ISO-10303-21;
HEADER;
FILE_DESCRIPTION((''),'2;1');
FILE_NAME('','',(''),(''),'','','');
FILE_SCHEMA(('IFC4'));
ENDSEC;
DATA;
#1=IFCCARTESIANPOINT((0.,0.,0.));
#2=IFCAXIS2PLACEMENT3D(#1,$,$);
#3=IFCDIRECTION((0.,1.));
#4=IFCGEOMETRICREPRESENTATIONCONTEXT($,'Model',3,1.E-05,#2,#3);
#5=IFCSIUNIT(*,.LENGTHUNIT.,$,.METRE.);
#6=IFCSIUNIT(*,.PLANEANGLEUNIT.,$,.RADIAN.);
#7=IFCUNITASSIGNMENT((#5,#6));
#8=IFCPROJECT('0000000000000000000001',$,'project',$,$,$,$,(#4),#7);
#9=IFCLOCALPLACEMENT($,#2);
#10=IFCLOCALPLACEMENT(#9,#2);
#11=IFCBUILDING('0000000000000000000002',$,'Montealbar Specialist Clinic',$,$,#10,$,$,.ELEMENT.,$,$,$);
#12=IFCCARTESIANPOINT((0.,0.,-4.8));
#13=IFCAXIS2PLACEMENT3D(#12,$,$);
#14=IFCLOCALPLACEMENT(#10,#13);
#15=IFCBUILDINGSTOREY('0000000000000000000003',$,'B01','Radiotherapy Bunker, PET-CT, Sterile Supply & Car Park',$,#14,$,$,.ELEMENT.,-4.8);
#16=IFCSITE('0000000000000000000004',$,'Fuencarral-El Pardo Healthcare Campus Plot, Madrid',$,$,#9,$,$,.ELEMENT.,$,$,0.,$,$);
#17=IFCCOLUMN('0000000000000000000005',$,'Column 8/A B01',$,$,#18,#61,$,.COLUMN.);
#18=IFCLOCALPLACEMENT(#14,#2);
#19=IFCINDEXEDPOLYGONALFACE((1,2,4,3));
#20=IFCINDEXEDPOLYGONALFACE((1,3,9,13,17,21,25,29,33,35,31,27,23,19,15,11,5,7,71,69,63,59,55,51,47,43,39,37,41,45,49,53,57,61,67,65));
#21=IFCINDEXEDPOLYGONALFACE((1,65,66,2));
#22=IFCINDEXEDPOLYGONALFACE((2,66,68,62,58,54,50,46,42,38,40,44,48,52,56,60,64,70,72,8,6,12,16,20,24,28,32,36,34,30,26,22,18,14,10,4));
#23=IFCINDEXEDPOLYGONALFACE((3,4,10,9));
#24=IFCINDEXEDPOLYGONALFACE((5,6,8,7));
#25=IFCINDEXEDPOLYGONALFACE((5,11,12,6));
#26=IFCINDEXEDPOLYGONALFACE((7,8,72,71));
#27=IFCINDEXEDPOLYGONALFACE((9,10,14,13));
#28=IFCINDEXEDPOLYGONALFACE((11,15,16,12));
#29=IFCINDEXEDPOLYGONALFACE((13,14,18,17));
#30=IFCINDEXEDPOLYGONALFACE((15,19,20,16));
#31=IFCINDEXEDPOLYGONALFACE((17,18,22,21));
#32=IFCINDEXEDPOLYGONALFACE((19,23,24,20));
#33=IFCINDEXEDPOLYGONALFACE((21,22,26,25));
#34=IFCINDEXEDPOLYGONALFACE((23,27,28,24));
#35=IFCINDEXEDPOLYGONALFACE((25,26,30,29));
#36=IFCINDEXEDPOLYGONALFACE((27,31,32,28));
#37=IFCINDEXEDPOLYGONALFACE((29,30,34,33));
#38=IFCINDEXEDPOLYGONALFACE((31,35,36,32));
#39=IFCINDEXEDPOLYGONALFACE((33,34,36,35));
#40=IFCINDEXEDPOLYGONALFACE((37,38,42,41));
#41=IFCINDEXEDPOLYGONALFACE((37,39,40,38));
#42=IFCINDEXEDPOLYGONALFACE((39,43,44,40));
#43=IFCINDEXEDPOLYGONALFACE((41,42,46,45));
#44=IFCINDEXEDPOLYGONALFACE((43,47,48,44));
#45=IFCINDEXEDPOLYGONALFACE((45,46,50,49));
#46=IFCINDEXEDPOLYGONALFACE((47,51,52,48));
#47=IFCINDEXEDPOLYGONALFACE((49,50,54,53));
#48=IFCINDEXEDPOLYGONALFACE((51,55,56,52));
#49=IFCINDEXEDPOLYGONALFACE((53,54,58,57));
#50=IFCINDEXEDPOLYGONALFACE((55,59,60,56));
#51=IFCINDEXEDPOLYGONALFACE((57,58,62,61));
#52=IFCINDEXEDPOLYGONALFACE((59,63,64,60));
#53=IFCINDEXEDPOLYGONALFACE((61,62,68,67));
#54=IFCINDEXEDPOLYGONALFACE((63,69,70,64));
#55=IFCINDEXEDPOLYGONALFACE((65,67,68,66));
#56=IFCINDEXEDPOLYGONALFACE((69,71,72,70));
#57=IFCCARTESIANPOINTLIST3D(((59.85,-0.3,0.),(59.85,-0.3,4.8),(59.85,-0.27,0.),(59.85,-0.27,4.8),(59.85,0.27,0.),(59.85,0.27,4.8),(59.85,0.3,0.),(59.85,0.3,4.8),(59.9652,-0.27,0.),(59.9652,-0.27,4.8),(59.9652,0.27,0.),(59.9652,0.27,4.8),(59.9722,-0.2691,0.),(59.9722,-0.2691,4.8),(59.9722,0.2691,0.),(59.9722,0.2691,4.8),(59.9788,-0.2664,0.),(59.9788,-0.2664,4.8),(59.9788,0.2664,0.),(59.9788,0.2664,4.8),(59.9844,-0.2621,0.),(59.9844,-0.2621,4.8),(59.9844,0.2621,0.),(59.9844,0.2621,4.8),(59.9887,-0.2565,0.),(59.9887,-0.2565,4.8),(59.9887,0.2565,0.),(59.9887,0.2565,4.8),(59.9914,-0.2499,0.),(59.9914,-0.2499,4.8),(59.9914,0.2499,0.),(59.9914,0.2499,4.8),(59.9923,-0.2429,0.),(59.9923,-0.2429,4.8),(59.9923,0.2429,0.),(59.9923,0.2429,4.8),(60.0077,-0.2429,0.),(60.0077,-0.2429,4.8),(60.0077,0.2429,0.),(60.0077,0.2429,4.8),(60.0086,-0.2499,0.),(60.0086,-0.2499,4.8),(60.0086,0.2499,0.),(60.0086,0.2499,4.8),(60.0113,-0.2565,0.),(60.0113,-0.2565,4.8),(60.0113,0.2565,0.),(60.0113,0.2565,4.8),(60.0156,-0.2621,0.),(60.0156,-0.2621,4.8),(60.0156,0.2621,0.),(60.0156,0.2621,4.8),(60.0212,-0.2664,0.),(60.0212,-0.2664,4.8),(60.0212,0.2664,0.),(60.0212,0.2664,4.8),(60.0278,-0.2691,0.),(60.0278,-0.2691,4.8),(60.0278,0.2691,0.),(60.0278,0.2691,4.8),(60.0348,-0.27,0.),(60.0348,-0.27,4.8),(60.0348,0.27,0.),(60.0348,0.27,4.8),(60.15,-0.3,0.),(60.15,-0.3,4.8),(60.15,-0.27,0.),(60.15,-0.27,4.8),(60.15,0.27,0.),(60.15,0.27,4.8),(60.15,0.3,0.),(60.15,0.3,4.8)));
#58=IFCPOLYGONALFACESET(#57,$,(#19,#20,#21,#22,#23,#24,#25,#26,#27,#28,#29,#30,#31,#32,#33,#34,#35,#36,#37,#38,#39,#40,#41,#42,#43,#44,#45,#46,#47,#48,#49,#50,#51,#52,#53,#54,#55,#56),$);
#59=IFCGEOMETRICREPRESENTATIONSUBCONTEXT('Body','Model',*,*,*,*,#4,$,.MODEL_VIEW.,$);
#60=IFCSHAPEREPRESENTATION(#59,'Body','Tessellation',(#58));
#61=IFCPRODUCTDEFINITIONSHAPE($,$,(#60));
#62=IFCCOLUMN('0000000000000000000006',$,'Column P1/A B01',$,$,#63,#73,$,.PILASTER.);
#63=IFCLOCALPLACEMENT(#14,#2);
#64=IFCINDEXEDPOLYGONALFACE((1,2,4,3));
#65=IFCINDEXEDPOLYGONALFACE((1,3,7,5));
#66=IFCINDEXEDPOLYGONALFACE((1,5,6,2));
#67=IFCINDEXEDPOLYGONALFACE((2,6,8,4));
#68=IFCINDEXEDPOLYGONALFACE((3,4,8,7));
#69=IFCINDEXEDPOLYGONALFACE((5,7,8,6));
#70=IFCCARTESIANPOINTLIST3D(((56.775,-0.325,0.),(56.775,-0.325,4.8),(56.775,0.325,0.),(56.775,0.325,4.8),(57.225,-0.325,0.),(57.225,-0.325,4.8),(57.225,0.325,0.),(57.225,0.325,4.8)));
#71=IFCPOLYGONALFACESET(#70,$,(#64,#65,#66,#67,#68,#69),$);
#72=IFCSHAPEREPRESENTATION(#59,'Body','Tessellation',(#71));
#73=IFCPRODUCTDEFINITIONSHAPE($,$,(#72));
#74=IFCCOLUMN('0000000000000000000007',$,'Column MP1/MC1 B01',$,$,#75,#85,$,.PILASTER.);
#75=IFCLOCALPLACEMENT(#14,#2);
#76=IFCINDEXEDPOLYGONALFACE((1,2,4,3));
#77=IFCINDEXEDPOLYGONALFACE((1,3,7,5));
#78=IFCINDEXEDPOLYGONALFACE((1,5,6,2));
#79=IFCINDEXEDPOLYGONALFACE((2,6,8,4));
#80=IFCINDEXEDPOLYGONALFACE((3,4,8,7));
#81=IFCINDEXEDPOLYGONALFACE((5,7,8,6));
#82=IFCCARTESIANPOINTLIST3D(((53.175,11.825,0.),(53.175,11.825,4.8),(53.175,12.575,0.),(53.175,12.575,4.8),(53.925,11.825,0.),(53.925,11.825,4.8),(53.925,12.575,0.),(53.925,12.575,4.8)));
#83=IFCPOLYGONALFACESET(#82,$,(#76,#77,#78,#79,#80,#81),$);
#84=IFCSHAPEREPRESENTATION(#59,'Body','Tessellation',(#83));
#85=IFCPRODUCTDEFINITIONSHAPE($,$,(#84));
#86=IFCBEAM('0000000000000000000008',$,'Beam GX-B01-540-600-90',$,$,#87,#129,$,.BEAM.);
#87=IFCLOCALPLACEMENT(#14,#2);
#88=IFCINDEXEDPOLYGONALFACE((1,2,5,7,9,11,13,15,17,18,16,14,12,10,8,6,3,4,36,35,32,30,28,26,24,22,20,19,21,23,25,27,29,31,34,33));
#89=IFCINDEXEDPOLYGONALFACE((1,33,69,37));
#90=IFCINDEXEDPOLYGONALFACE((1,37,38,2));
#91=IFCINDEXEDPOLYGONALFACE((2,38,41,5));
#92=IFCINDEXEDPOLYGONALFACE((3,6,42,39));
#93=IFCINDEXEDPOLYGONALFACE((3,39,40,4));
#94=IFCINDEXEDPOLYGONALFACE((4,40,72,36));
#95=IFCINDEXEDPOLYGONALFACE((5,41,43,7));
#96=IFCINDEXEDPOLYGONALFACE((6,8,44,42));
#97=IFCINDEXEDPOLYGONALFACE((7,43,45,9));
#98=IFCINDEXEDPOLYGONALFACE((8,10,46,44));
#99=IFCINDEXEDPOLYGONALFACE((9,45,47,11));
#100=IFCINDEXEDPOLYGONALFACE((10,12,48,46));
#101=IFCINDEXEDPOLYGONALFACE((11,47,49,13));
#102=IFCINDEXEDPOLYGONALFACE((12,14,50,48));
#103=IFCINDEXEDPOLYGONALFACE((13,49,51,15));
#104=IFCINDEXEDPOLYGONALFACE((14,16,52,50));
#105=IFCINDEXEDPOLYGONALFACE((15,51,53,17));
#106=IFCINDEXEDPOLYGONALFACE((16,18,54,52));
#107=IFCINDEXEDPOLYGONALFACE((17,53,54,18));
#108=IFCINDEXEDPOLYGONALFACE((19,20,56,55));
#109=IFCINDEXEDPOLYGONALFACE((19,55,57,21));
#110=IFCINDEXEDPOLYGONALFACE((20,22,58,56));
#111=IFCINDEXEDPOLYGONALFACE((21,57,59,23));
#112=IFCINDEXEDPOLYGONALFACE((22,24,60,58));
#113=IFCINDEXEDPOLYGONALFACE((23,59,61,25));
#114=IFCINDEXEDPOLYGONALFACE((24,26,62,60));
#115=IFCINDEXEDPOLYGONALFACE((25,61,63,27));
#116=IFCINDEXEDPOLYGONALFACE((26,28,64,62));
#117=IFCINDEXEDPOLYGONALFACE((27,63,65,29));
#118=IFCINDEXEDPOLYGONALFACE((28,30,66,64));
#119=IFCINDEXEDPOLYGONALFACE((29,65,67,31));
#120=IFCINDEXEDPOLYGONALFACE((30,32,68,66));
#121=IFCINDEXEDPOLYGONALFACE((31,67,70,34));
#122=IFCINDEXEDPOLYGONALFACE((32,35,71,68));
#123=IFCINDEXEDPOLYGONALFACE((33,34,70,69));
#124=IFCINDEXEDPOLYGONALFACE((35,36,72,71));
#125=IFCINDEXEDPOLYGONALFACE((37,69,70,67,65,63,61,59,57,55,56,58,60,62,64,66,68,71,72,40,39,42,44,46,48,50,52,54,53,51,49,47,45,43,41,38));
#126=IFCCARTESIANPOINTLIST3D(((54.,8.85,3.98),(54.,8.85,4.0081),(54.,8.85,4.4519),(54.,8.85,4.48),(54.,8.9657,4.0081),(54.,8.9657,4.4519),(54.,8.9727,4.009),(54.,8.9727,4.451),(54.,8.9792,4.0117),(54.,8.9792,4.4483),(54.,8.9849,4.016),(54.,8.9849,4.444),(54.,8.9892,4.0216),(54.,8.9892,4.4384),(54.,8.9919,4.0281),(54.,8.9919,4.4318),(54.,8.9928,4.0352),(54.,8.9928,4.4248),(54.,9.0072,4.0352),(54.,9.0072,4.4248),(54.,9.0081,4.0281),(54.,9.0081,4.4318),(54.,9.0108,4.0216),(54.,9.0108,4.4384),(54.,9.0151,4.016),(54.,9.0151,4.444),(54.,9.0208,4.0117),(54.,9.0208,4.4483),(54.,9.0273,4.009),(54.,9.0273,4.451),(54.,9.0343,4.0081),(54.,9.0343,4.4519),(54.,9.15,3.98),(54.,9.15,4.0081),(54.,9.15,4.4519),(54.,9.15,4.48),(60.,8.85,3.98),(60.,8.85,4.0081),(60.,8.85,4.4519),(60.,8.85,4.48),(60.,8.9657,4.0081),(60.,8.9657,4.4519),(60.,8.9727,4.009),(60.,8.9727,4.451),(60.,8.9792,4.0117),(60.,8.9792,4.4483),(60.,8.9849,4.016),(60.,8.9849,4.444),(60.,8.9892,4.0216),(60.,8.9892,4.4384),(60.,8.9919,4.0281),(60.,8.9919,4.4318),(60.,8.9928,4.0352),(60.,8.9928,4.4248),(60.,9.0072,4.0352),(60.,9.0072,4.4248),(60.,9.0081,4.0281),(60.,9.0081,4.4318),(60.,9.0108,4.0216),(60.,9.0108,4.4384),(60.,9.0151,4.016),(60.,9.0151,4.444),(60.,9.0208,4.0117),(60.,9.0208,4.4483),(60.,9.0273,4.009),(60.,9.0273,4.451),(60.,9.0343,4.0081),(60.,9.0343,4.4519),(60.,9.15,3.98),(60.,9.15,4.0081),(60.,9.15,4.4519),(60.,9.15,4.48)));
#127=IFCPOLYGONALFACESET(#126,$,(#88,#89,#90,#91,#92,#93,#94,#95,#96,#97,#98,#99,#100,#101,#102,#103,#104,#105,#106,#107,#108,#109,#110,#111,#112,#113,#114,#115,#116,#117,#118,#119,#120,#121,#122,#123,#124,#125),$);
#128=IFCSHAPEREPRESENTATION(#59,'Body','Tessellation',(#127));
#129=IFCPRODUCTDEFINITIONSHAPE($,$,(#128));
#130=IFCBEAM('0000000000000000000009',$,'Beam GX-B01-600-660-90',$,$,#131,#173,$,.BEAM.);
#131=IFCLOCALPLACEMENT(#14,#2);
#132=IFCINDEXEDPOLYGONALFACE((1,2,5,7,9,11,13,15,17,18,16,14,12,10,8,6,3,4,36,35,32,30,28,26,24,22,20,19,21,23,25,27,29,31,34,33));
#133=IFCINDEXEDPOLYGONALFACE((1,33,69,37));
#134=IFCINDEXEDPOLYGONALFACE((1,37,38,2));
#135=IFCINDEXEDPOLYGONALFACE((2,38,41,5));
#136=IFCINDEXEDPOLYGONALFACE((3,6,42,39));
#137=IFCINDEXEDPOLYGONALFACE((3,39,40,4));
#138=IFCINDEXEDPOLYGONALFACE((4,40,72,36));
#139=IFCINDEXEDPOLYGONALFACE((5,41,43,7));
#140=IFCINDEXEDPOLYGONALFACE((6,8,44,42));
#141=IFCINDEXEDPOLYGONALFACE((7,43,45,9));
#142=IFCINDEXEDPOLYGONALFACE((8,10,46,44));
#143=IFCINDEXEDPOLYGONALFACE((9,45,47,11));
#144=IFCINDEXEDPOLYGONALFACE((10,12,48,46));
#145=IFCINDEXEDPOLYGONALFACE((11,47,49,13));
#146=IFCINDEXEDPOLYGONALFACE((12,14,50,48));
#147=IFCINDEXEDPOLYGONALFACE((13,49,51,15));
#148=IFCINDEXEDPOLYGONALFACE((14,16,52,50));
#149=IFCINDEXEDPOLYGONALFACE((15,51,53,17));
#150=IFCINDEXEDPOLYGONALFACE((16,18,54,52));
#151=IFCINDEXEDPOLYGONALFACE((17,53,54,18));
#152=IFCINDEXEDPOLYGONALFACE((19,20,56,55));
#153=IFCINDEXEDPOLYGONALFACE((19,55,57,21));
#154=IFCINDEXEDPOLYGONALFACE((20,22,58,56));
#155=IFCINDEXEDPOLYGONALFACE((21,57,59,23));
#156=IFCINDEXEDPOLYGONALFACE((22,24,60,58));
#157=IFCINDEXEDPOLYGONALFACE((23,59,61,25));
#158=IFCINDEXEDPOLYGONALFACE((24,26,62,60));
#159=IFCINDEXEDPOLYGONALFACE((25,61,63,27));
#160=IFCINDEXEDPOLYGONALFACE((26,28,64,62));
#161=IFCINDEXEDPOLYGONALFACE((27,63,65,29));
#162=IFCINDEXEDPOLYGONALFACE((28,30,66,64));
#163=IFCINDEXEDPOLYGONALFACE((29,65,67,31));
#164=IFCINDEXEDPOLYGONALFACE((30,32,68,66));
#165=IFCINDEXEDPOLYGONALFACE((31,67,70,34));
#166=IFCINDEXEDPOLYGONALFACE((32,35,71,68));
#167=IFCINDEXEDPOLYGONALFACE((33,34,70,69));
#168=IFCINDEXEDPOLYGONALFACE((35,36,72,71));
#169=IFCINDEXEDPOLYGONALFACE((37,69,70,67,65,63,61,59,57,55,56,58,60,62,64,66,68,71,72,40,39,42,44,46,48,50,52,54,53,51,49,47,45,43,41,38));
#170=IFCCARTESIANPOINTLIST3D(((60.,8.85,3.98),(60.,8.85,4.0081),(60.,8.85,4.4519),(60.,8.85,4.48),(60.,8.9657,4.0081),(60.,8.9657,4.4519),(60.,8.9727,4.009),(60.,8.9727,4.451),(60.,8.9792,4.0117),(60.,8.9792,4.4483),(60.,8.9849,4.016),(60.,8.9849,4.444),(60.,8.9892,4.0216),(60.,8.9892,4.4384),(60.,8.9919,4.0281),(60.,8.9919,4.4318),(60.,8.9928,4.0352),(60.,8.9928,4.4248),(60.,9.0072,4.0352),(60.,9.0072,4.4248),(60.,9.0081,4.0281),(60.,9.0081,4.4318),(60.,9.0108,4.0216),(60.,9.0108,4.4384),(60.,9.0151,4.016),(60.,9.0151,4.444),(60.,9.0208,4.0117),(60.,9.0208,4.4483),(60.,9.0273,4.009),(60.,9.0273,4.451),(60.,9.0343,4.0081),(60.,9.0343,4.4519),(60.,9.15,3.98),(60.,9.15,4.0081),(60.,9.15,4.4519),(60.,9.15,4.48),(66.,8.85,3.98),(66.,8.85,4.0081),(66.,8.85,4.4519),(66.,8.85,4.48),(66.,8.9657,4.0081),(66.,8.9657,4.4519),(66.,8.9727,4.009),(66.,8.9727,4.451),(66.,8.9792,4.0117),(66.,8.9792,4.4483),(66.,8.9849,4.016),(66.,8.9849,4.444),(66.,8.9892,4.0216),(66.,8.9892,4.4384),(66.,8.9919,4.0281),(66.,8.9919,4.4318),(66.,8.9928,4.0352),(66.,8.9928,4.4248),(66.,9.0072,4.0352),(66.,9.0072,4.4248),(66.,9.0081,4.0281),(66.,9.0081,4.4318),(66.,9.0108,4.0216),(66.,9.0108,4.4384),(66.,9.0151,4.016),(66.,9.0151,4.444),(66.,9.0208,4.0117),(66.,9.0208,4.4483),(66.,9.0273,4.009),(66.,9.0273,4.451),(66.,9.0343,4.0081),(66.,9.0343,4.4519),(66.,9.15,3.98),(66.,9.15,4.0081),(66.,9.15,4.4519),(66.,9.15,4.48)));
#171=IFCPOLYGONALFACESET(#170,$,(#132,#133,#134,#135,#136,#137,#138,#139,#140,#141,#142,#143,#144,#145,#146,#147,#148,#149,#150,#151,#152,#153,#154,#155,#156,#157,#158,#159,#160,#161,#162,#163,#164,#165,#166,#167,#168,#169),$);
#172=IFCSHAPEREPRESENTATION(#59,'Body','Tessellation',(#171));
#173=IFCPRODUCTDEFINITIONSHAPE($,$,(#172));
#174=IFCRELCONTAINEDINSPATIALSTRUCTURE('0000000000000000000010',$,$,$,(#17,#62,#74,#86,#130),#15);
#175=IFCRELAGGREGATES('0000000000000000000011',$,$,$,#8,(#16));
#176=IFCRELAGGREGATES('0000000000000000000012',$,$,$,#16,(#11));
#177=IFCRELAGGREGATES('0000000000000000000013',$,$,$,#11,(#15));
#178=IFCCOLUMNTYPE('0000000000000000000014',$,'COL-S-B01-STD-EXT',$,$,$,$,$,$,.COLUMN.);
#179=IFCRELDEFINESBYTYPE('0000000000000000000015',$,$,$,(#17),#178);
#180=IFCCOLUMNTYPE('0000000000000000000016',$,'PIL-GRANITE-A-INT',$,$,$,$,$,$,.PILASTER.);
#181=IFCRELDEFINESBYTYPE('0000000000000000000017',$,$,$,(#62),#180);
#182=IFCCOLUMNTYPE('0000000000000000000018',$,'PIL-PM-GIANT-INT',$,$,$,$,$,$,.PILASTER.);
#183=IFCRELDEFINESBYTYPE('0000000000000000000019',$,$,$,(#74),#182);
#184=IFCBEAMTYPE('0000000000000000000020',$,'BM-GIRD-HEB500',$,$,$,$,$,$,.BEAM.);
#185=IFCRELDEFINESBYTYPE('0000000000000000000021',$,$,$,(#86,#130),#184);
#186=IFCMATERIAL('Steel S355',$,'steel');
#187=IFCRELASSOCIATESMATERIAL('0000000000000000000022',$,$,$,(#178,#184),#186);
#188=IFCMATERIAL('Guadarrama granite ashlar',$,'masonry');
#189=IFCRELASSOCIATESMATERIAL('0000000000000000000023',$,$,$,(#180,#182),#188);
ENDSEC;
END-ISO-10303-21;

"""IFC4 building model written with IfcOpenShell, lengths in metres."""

from ifc_helpers import new_model, si_unit, direction, frame, origin, origin_2d, place, context, subcontext, project, spatial, rectangle, i_section, extrude, material, material_profile, profile_set, type_object, element, save


model = new_model("IFC4")

# Units and contexts
model_context = context("Model", 3, precision=1e-05, world=origin(), true_north=direction((0.0, 1.0)))
body_context = subcontext(model_context, "Body", "Model", "MODEL_VIEW")
ifc_project = project(units=[si_unit("LENGTHUNIT", "METRE"), si_unit("PLANEANGLEUNIT", "RADIAN")], contexts=[model_context])

# Site, building, storey
site_placement = place(None, origin())
site = spatial("IfcSite", under=ifc_project, at=site_placement, Name="Fuencarral-El Pardo Healthcare Campus Plot, Madrid", CompositionType="ELEMENT", RefElevation=0.0)
building_placement = place(site_placement, origin())
building = spatial("IfcBuilding", under=site, at=building_placement, Name="Montealbar Specialist Clinic", CompositionType="ELEMENT")
storey_placement = place(building_placement, frame((0.0, 0.0, -4.8)))
storey = spatial("IfcBuildingStorey", under=building, at=storey_placement, Name="B01", Description="Radiotherapy Bunker, PET-CT, Sterile Supply & Car Park", CompositionType="ELEMENT", Elevation=-4.8)

# Columns
ifc_material_1 = material(Name="Steel S355", Category="steel")
ifc_material_profile_1 = material_profile(ifc_material_1, i_section(OverallWidth=0.3, OverallDepth=0.6001, WebThickness=0.0154, FlangeThickness=0.03, FilletRadius=0.0271, at=origin_2d()), Name="HEB 600", Category="steel")
ifc_profile_set_1 = profile_set([ifc_material_profile_1], Name="Steel S355")
column_type_1 = type_object("IfcColumnType", Name="COL-S-B01-STD-EXT", PredefinedType="COLUMN", material=ifc_profile_set_1)
for number, where, z_axis, x_axis, name in (
    (1, (60.0, 0.0, 0.0), (0.0, 0.0, 1.0), (1.0, 0.0, 0.0), "Column 8/A B01"),
):
    element("IfcColumn", number, at=place(storey_placement, frame(where, z_axis=z_axis, x_axis=x_axis)), inside=storey, type_object=column_type_1, Name=name, PredefinedType="COLUMN", context=body_context, shape_type="SweptSolid", body=[
        extrude(i_section(OverallWidth=0.3, OverallDepth=0.6001, WebThickness=0.0154, FlangeThickness=0.03, FilletRadius=0.0271, at=origin_2d()), origin(), (0.0, 0.0, 1.0), 4.8),
    ])
ifc_material_2 = material(Name="Guadarrama granite ashlar", Category="masonry")
ifc_material_profile_2 = material_profile(ifc_material_2, rectangle(XDim=0.45, YDim=0.6499, at=origin_2d()), Name="GRANITE PILASTER 450x650", Category="masonry")
ifc_profile_set_2 = profile_set([ifc_material_profile_2], Name="Guadarrama granite ashlar")
column_type_2 = type_object("IfcColumnType", Name="PIL-GRANITE-A-INT", PredefinedType="PILASTER", material=ifc_profile_set_2)
column_1_placement = place(storey_placement, frame((57.0, 0.0, 0.0), z_axis=(0.0, 0.0, 1.0), x_axis=(1.0, 0.0, 0.0)))
element("IfcColumn", 2, at=column_1_placement, inside=storey, type_object=column_type_2, Name="Column P1/A B01", PredefinedType="PILASTER", context=body_context, shape_type="SweptSolid", body=[
    extrude(rectangle(XDim=0.45, YDim=0.6499, at=origin_2d()), origin(), (0.0, 0.0, 1.0), 4.8),
])
ifc_material_profile_3 = material_profile(ifc_material_2, rectangle(XDim=0.75, YDim=0.75, at=origin_2d()), Name="GRANITE PILASTER 750x750", Category="masonry")
ifc_profile_set_3 = profile_set([ifc_material_profile_3], Name="Guadarrama granite ashlar")
column_type_3 = type_object("IfcColumnType", Name="PIL-PM-GIANT-INT", PredefinedType="PILASTER", material=ifc_profile_set_3)
column_2_placement = place(storey_placement, frame((53.55, 12.2, 0.0), z_axis=(0.0, 0.0, 1.0), x_axis=(1.0, 0.0, 0.0)))
element("IfcColumn", 3, at=column_2_placement, inside=storey, type_object=column_type_3, Name="Column MP1/MC1 B01", PredefinedType="PILASTER", context=body_context, shape_type="SweptSolid", body=[
    extrude(rectangle(XDim=0.75, YDim=0.75, at=origin_2d()), origin(), (0.0, 0.0, 1.0), 4.8),
])

# Beams
ifc_material_profile_4 = material_profile(ifc_material_1, i_section(OverallWidth=0.3, OverallDepth=0.5, WebThickness=0.0144, FlangeThickness=0.0281, FilletRadius=0.0271, at=origin_2d()), Name="HEB 500", Category="steel")
ifc_profile_set_4 = profile_set([ifc_material_profile_4], Name="Steel S355")
beam_type_1 = type_object("IfcBeamType", Name="BM-GIRD-HEB500", PredefinedType="BEAM", material=ifc_profile_set_4)
for number, where, z_axis, x_axis, name in (
    (4, (54.0, 9.0, 4.23), (1.0, 0.0, 0.0), (0.0, 1.0, 0.0), "Beam GX-B01-540-600-90"),
    (5, (60.0, 9.0, 4.23), (1.0, 0.0, 0.0), (0.0, 1.0, 0.0), "Beam GX-B01-600-660-90"),
):
    element("IfcBeam", number, at=place(storey_placement, frame(where, z_axis=z_axis, x_axis=x_axis)), inside=storey, type_object=beam_type_1, Name=name, PredefinedType="BEAM", context=body_context, shape_type="SweptSolid", body=[
        extrude(i_section(OverallWidth=0.3, OverallDepth=0.5, WebThickness=0.0144, FlangeThickness=0.0281, FilletRadius=0.0271, at=origin_2d()), origin(), (0.0, 0.0, 1.0), 6.0),
    ])

save(model, "model.ifc")
